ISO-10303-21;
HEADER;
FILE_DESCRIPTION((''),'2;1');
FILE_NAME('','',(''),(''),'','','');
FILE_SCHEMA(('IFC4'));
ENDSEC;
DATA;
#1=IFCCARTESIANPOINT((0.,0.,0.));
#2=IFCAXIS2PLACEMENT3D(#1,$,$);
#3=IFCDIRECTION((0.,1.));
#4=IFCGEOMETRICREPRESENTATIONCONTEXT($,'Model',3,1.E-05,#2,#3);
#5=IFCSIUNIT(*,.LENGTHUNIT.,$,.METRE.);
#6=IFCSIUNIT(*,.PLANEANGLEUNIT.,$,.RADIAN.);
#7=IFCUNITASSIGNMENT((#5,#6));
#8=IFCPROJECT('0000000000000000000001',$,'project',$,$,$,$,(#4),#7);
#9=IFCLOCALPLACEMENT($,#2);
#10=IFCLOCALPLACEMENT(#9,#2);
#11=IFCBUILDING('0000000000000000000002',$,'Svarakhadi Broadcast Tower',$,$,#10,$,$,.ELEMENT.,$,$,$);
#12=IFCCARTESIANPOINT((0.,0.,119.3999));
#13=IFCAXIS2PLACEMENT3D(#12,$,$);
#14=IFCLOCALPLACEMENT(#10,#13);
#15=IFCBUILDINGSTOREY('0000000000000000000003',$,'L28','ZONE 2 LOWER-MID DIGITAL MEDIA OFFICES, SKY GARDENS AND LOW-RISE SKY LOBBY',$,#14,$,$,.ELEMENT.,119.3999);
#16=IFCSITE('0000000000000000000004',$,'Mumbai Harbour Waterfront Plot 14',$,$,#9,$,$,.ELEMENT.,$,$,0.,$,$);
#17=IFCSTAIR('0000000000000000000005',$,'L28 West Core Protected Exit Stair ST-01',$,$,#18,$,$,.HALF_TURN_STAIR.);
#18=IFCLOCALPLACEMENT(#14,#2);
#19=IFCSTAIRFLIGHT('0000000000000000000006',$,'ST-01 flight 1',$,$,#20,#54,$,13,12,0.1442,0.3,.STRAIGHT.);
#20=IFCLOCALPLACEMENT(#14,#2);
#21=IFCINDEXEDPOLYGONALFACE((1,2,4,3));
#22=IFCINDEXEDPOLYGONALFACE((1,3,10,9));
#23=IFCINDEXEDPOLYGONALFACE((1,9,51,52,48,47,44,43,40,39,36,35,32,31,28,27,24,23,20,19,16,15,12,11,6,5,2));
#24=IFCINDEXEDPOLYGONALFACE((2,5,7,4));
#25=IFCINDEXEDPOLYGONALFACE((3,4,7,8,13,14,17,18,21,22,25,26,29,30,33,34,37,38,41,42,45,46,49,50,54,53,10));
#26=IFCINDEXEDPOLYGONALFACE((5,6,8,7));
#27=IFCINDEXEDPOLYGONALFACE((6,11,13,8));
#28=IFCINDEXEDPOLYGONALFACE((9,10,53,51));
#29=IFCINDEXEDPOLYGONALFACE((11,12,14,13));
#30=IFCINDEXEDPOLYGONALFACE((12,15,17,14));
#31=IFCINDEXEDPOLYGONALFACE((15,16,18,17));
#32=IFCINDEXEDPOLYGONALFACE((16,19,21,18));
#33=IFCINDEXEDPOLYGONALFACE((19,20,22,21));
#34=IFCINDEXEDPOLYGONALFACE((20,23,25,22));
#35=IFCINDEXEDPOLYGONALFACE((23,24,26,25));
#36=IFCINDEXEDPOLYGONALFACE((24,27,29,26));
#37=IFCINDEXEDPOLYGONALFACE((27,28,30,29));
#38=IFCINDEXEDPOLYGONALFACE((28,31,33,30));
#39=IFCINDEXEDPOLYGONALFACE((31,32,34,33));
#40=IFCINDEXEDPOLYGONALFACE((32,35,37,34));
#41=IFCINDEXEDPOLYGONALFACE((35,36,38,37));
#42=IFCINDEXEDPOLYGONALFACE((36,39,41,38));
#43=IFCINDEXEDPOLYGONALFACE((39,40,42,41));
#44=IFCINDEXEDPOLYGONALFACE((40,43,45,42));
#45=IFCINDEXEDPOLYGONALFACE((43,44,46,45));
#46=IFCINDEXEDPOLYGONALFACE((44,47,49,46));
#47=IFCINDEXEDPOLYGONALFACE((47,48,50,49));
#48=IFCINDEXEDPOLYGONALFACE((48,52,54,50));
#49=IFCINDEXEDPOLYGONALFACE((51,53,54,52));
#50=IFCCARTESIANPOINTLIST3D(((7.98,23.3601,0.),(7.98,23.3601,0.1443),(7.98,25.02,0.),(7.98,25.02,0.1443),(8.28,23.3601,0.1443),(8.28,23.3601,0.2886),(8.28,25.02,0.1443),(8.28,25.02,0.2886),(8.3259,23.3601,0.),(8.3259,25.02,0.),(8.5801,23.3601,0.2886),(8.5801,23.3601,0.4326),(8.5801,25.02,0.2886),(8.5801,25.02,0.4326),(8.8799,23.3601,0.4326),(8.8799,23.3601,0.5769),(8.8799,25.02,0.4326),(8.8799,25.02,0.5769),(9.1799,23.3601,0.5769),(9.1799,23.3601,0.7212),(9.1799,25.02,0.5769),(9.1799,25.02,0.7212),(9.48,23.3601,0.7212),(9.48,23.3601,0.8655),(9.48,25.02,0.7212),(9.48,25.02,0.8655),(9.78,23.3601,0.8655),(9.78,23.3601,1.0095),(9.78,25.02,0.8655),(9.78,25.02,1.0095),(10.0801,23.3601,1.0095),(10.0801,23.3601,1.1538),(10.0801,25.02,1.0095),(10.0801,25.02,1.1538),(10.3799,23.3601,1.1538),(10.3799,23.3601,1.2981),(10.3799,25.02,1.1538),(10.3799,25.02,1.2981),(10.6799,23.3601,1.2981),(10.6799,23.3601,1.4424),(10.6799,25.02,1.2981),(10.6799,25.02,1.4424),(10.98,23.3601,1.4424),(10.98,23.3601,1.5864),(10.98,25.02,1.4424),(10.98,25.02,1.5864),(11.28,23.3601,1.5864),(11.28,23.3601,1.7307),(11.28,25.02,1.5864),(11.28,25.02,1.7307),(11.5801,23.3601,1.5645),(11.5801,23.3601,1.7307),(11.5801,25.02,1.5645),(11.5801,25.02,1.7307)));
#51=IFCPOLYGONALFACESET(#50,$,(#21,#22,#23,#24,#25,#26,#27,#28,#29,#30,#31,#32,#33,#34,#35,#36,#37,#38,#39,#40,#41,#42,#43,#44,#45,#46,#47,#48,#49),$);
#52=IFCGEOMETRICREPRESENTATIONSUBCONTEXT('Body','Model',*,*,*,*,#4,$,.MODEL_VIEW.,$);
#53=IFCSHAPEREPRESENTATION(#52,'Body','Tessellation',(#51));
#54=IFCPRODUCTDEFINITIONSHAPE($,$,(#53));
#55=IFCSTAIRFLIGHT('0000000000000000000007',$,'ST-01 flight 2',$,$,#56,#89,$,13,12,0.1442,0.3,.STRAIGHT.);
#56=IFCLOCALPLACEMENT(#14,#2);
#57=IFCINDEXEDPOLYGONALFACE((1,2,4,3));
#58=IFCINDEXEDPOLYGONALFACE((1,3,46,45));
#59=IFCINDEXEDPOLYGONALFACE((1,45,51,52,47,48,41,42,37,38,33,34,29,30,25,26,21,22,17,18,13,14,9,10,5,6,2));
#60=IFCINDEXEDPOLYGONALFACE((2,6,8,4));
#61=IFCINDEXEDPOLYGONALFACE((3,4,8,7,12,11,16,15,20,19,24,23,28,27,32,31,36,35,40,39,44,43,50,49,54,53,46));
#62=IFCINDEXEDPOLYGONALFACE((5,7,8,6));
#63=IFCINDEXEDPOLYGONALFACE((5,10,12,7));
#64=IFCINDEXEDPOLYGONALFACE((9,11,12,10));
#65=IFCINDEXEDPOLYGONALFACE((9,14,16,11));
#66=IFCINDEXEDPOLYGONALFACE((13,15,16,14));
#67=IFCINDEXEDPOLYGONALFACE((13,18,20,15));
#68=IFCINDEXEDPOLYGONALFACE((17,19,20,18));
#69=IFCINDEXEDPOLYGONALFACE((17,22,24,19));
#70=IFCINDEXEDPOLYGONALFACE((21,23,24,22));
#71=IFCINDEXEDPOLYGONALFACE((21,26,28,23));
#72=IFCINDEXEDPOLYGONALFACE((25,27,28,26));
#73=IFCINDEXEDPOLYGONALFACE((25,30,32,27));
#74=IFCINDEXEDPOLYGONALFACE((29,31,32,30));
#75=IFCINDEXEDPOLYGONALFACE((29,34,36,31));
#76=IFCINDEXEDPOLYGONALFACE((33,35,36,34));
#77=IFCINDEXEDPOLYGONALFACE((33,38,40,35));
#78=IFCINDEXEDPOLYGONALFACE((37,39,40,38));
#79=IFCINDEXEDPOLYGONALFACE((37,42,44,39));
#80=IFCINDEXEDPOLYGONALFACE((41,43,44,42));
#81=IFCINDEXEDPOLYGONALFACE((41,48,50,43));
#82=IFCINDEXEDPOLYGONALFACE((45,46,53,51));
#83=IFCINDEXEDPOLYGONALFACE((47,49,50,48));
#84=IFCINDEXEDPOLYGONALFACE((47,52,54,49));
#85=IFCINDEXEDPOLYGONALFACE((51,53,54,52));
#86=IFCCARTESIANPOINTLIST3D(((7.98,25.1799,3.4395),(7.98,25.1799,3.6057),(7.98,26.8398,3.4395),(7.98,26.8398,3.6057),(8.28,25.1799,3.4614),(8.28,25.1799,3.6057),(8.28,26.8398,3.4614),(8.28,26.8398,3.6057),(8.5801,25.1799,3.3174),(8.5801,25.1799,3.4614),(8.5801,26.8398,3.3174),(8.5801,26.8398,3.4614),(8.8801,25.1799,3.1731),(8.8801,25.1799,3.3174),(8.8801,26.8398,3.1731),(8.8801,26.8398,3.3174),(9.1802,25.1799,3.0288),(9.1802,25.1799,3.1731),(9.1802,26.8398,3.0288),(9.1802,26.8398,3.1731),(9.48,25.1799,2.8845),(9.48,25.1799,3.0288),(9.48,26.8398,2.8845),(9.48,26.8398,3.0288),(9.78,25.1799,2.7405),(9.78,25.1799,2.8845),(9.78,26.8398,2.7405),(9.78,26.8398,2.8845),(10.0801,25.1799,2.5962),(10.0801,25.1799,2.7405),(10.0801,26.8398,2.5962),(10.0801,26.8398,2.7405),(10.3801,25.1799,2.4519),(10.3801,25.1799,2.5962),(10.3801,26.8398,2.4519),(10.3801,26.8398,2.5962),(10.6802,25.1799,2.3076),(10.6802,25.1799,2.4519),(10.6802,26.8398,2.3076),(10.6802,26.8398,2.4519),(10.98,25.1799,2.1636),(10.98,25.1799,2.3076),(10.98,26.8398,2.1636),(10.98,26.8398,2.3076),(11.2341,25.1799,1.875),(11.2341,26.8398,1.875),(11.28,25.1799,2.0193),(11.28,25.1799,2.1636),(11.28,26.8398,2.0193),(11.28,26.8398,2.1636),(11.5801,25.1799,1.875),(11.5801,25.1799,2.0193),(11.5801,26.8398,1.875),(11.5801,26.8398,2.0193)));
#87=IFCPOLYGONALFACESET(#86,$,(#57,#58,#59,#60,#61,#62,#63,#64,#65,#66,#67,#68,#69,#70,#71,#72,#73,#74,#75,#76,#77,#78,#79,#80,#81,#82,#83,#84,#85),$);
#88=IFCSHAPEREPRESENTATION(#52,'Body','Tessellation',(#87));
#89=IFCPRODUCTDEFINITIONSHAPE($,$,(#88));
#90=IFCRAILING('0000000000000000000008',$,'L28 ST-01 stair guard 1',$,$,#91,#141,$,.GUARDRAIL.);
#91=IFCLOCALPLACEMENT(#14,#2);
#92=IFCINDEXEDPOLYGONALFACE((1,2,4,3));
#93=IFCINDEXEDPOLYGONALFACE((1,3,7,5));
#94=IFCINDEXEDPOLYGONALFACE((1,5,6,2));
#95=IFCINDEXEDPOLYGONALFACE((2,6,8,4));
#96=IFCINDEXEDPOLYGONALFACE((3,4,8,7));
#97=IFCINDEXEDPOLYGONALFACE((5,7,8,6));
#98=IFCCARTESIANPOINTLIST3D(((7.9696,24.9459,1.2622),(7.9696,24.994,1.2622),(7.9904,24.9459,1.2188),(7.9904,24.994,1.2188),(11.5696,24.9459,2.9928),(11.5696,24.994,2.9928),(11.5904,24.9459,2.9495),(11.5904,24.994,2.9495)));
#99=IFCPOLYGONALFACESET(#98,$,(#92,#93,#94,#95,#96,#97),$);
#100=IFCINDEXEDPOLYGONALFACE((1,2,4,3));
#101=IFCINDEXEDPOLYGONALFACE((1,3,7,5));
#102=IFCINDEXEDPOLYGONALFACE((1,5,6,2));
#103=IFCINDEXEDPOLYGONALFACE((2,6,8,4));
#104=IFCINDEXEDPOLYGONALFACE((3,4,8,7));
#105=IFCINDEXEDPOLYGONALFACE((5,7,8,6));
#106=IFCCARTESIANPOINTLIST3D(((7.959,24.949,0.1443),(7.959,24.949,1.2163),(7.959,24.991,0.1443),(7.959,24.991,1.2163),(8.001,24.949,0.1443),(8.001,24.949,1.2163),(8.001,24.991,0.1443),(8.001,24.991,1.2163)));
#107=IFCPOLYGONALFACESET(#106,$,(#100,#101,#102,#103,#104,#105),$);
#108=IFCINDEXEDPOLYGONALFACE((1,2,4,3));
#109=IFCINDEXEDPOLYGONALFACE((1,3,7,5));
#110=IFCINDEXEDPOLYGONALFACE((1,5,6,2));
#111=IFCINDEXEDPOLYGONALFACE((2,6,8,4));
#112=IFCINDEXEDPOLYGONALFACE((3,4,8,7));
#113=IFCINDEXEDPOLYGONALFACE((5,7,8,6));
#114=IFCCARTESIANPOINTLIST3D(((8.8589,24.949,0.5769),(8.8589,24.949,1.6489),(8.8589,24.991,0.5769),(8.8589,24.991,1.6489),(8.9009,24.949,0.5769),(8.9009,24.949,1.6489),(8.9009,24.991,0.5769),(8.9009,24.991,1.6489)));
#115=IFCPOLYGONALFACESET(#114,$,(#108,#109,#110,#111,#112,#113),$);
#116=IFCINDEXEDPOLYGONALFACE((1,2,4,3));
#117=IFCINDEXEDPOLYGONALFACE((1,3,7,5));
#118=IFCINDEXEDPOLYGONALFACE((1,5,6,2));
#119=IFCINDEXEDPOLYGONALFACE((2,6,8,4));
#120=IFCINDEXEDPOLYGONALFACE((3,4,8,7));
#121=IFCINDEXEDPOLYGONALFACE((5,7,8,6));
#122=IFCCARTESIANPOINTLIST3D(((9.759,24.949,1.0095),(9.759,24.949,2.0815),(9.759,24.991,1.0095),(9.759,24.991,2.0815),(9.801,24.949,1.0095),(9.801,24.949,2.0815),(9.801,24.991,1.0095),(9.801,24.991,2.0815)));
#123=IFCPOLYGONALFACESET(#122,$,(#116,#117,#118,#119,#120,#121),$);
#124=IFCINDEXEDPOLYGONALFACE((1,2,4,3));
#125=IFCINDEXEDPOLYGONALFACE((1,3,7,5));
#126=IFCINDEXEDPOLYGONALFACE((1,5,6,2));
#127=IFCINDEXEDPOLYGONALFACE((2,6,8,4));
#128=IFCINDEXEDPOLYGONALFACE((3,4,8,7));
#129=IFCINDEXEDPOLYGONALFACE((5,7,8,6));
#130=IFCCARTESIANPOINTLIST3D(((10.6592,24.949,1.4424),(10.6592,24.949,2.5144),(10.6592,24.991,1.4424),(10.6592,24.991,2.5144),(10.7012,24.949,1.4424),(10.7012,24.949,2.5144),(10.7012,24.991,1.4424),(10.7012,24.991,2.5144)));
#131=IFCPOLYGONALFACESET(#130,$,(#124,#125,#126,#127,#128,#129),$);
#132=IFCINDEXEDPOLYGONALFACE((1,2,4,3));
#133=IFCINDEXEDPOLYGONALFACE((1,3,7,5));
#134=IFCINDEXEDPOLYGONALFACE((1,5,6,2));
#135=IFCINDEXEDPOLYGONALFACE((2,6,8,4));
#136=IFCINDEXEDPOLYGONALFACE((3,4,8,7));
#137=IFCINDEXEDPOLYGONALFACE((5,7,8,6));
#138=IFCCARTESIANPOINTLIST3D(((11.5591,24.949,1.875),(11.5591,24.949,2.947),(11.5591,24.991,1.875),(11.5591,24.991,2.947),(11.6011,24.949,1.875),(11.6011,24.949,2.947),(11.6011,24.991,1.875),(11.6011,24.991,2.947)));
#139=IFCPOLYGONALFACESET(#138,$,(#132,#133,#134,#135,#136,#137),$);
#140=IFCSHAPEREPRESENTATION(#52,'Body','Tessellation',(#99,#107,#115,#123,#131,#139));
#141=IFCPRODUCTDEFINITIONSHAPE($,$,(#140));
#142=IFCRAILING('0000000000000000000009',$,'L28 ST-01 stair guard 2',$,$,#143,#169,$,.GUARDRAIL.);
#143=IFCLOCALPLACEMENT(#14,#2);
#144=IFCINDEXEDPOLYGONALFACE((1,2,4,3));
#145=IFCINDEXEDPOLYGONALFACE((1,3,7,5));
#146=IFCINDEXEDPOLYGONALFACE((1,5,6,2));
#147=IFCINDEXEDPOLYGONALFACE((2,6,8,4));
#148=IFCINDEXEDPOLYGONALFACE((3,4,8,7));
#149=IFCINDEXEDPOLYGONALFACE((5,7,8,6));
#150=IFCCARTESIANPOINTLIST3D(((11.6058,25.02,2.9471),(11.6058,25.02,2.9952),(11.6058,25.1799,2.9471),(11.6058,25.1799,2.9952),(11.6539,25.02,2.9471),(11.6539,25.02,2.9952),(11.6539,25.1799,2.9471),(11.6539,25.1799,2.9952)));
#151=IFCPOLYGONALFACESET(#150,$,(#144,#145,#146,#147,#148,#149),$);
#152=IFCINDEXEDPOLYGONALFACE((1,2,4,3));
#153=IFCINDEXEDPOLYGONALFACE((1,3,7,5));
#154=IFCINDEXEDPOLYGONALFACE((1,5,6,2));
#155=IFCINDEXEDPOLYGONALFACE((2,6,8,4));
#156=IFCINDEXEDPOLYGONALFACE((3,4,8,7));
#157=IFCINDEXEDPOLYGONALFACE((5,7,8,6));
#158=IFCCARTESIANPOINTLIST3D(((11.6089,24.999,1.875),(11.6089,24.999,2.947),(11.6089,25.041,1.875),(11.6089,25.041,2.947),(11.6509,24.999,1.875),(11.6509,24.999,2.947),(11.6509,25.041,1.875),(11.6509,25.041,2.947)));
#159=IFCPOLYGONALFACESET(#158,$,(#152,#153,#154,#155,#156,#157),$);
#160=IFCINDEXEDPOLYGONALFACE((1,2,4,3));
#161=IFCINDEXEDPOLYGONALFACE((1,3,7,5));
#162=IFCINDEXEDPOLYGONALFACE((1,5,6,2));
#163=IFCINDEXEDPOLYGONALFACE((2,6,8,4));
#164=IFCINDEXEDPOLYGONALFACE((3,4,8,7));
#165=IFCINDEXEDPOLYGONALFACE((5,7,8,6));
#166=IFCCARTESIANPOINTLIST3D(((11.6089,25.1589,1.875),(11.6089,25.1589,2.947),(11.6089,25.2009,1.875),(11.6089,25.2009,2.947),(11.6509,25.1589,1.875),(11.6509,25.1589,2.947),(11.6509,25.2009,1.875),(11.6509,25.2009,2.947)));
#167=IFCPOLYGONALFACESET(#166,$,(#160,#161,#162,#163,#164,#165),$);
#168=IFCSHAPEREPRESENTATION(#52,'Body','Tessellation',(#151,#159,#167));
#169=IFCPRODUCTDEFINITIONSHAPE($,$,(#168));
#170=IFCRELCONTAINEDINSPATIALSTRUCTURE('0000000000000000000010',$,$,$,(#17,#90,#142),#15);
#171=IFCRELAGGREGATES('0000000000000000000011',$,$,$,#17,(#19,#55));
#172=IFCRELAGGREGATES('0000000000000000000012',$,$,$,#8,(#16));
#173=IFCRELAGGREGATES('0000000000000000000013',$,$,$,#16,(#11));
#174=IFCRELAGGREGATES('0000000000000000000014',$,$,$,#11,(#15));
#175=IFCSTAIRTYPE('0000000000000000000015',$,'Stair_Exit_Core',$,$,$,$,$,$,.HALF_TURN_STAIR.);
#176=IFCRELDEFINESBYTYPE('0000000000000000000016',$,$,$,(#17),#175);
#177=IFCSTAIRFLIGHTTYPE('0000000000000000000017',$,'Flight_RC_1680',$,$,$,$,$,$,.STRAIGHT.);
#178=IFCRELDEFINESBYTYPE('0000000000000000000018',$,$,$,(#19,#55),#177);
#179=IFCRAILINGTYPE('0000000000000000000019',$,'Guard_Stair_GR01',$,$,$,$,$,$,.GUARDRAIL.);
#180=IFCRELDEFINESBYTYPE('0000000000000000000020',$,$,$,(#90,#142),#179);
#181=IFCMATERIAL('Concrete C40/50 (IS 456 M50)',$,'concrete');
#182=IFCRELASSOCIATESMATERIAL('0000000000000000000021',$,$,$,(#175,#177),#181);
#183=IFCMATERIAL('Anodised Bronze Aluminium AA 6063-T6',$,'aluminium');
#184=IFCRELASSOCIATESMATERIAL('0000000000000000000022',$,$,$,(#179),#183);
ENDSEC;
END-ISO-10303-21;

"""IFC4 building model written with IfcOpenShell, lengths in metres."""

from ifc_helpers import new_model, si_unit, direction, frame, origin, origin_2d, place, context, subcontext, project, spatial, polyline, rectangle, outline, extrude, material, type_object, element, aggregate, save


model = new_model("IFC4")

# Units and contexts
model_context = context("Model", 3, precision=1e-05, world=origin(), true_north=direction((0.0, 1.0)))
body_context = subcontext(model_context, "Body", "Model", "MODEL_VIEW")
ifc_project = project(units=[si_unit("LENGTHUNIT", "METRE"), si_unit("PLANEANGLEUNIT", "RADIAN")], contexts=[model_context])

# Site, building, storey
site_placement = place(None, origin())
site = spatial("IfcSite", under=ifc_project, at=site_placement, Name="Mumbai Harbour Waterfront Plot 14", CompositionType="ELEMENT", RefElevation=0.0)
building_placement = place(site_placement, origin())
building = spatial("IfcBuilding", under=site, at=building_placement, Name="Svarakhadi Broadcast Tower", CompositionType="ELEMENT")
storey_placement = place(building_placement, frame((0.0, 0.0, 119.3999)))
storey = spatial("IfcBuildingStorey", under=building, at=storey_placement, Name="L28", Description="ZONE 2 LOWER-MID DIGITAL MEDIA OFFICES, SKY GARDENS AND LOW-RISE SKY LOBBY", CompositionType="ELEMENT", Elevation=119.3999)

# Shared definitions
ifc_material_1 = material(Name="Concrete C40/50 (IS 456 M50)", Category="concrete")

# Stair, stair flights
stair_type = type_object("IfcStairType", Name="Stair_Exit_Core", PredefinedType="HALF_TURN_STAIR", material=ifc_material_1)
stair_placement = place(storey_placement, origin())
stair = element("IfcStair", 1, at=stair_placement, inside=storey, type_object=stair_type, Name="L28 West Core Protected Exit Stair ST-01", PredefinedType="HALF_TURN_STAIR")
stair_flight_type = type_object("IfcStairFlightType", Name="Flight_RC_1680", PredefinedType="STRAIGHT", material=ifc_material_1)
stair_flight_1_placement = place(storey_placement, frame((7.98, 24.1899, 0.0), z_axis=(0.0, 0.0, 1.0), x_axis=(1.0, 0.0, 0.0)))
stair_flight_1 = element("IfcStairFlight", 2, at=stair_flight_1_placement, type_object=stair_flight_type, Name="ST-01 flight 1", NumberOfRisers=13, NumberOfTreads=12, PredefinedType="STRAIGHT", RiserHeight=0.1442, TreadLength=0.3, context=body_context, shape_type="SweptSolid", body=[
    extrude(outline(polyline([(0.0, 0.0), (0.0, 0.1443), (0.3, 0.1443), (0.3, 0.2886), (0.6001, 0.2886), (0.6001, 0.4326), (0.8999, 0.4326), (0.8999, 0.5769), (1.2, 0.5769), (1.2, 0.7212), (1.5, 0.7212), (1.5, 0.8655), (1.8, 0.8655), (1.8, 1.0095), (2.1001, 1.0095), (2.1001, 1.1538), (2.3999, 1.1538), (2.3999, 1.2981), (2.7, 1.2981), (2.7, 1.4424), (3.0, 1.4424), (3.0, 1.5864), (3.3, 1.5864), (3.3, 1.7307), (3.6001, 1.7307), (3.6001, 1.875), (3.6001, 1.5645), (0.3459, 0.0), (0.0, 0.0)])), frame((0.0, 0.8301, 0.0), z_axis=(0.0, -1.0, 0.0), x_axis=(1.0, 0.0, 0.0)), (0.0, 0.0, 1.0), 1.6599),
])
stair_flight_2_placement = place(storey_placement, frame((11.5801, 26.01, 1.875), z_axis=(0.0, 0.0, 1.0), x_axis=(-1.0, 0.0, 0.0)))
stair_flight_2 = element("IfcStairFlight", 3, at=stair_flight_2_placement, type_object=stair_flight_type, Name="ST-01 flight 2", NumberOfRisers=13, NumberOfTreads=12, PredefinedType="STRAIGHT", RiserHeight=0.1442, TreadLength=0.3, context=body_context, shape_type="SweptSolid", body=[
    extrude(outline(polyline([(0.0, 0.0), (0.0, 0.1443), (0.3, 0.1443), (0.3, 0.2886), (0.6001, 0.2886), (0.6001, 0.4326), (0.8999, 0.4326), (0.8999, 0.5769), (1.2, 0.5769), (1.2, 0.7212), (1.5, 0.7212), (1.5, 0.8655), (1.8, 0.8655), (1.8, 1.0095), (2.1001, 1.0095), (2.1001, 1.1538), (2.3999, 1.1538), (2.3999, 1.2981), (2.7, 1.2981), (2.7, 1.4424), (3.0, 1.4424), (3.0, 1.5864), (3.3, 1.5864), (3.3, 1.7307), (3.6001, 1.7307), (3.6001, 1.875), (3.6001, 1.5645), (0.3459, 0.0), (0.0, 0.0)])), frame((0.0, 0.8301, 0.0), z_axis=(0.0, -1.0, 0.0), x_axis=(1.0, 0.0, 0.0)), (0.0, 0.0, 1.0), 1.6599),
])
aggregate(stair, [stair_flight_1, stair_flight_2])

# Railings
ifc_material_2 = material(Name="Anodised Bronze Aluminium AA 6063-T6", Category="aluminium")
railing_type_1 = type_object("IfcRailingType", Name="Guard_Stair_GR01", PredefinedType="GUARDRAIL", material=ifc_material_2)
railing_1_placement = place(storey_placement, frame((7.98, 24.97, 0.1443)))
element("IfcRailing", 4, at=railing_1_placement, inside=storey, type_object=railing_type_1, Name="L28 ST-01 stair guard 1", PredefinedType="GUARDRAIL", context=body_context, shape_type="SweptSolid", body=[
    extrude(rectangle(XDim=0.0481, YDim=0.0481, at=origin_2d()), frame((0.0, 0.0, 1.0962), z_axis=(0.901263, 0.0, 0.433273), x_axis=(0.0, 1.0, 0.0)), (0.0, 0.0, 1.0), 3.9944),
    extrude(rectangle(XDim=0.042, YDim=0.042, at=origin_2d()), origin(), (0.0, 0.0, 1.0), 1.072),
    extrude(rectangle(XDim=0.042, YDim=0.042, at=origin_2d()), frame((0.8999, 0.0, 0.4326)), (0.0, 0.0, 1.0), 1.072),
    extrude(rectangle(XDim=0.042, YDim=0.042, at=origin_2d()), frame((1.8, 0.0, 0.8652)), (0.0, 0.0, 1.0), 1.072),
    extrude(rectangle(XDim=0.042, YDim=0.042, at=origin_2d()), frame((2.7002, 0.0, 1.2981)), (0.0, 0.0, 1.0), 1.072),
    extrude(rectangle(XDim=0.042, YDim=0.042, at=origin_2d()), frame((3.6001, 0.0, 1.7307)), (0.0, 0.0, 1.0), 1.072),
])
railing_2_placement = place(storey_placement, frame((11.6299, 25.02, 1.875)))
element("IfcRailing", 5, at=railing_2_placement, inside=storey, type_object=railing_type_1, Name="L28 ST-01 stair guard 2", PredefinedType="GUARDRAIL", context=body_context, shape_type="SweptSolid", body=[
    extrude(rectangle(XDim=0.0481, YDim=0.0481, at=origin_2d()), frame((0.0, 0.0, 1.0962), z_axis=(0.0, 1.0, 0.0), x_axis=(-1.0, 0.0, 0.0)), (0.0, 0.0, 1.0), 0.1599),
    extrude(rectangle(XDim=0.042, YDim=0.042, at=origin_2d()), origin(), (0.0, 0.0, 1.0), 1.072),
    extrude(rectangle(XDim=0.042, YDim=0.042, at=origin_2d()), frame((0.0, 0.1599, 0.0)), (0.0, 0.0, 1.0), 1.072),
])

save(model, "model.ifc")
